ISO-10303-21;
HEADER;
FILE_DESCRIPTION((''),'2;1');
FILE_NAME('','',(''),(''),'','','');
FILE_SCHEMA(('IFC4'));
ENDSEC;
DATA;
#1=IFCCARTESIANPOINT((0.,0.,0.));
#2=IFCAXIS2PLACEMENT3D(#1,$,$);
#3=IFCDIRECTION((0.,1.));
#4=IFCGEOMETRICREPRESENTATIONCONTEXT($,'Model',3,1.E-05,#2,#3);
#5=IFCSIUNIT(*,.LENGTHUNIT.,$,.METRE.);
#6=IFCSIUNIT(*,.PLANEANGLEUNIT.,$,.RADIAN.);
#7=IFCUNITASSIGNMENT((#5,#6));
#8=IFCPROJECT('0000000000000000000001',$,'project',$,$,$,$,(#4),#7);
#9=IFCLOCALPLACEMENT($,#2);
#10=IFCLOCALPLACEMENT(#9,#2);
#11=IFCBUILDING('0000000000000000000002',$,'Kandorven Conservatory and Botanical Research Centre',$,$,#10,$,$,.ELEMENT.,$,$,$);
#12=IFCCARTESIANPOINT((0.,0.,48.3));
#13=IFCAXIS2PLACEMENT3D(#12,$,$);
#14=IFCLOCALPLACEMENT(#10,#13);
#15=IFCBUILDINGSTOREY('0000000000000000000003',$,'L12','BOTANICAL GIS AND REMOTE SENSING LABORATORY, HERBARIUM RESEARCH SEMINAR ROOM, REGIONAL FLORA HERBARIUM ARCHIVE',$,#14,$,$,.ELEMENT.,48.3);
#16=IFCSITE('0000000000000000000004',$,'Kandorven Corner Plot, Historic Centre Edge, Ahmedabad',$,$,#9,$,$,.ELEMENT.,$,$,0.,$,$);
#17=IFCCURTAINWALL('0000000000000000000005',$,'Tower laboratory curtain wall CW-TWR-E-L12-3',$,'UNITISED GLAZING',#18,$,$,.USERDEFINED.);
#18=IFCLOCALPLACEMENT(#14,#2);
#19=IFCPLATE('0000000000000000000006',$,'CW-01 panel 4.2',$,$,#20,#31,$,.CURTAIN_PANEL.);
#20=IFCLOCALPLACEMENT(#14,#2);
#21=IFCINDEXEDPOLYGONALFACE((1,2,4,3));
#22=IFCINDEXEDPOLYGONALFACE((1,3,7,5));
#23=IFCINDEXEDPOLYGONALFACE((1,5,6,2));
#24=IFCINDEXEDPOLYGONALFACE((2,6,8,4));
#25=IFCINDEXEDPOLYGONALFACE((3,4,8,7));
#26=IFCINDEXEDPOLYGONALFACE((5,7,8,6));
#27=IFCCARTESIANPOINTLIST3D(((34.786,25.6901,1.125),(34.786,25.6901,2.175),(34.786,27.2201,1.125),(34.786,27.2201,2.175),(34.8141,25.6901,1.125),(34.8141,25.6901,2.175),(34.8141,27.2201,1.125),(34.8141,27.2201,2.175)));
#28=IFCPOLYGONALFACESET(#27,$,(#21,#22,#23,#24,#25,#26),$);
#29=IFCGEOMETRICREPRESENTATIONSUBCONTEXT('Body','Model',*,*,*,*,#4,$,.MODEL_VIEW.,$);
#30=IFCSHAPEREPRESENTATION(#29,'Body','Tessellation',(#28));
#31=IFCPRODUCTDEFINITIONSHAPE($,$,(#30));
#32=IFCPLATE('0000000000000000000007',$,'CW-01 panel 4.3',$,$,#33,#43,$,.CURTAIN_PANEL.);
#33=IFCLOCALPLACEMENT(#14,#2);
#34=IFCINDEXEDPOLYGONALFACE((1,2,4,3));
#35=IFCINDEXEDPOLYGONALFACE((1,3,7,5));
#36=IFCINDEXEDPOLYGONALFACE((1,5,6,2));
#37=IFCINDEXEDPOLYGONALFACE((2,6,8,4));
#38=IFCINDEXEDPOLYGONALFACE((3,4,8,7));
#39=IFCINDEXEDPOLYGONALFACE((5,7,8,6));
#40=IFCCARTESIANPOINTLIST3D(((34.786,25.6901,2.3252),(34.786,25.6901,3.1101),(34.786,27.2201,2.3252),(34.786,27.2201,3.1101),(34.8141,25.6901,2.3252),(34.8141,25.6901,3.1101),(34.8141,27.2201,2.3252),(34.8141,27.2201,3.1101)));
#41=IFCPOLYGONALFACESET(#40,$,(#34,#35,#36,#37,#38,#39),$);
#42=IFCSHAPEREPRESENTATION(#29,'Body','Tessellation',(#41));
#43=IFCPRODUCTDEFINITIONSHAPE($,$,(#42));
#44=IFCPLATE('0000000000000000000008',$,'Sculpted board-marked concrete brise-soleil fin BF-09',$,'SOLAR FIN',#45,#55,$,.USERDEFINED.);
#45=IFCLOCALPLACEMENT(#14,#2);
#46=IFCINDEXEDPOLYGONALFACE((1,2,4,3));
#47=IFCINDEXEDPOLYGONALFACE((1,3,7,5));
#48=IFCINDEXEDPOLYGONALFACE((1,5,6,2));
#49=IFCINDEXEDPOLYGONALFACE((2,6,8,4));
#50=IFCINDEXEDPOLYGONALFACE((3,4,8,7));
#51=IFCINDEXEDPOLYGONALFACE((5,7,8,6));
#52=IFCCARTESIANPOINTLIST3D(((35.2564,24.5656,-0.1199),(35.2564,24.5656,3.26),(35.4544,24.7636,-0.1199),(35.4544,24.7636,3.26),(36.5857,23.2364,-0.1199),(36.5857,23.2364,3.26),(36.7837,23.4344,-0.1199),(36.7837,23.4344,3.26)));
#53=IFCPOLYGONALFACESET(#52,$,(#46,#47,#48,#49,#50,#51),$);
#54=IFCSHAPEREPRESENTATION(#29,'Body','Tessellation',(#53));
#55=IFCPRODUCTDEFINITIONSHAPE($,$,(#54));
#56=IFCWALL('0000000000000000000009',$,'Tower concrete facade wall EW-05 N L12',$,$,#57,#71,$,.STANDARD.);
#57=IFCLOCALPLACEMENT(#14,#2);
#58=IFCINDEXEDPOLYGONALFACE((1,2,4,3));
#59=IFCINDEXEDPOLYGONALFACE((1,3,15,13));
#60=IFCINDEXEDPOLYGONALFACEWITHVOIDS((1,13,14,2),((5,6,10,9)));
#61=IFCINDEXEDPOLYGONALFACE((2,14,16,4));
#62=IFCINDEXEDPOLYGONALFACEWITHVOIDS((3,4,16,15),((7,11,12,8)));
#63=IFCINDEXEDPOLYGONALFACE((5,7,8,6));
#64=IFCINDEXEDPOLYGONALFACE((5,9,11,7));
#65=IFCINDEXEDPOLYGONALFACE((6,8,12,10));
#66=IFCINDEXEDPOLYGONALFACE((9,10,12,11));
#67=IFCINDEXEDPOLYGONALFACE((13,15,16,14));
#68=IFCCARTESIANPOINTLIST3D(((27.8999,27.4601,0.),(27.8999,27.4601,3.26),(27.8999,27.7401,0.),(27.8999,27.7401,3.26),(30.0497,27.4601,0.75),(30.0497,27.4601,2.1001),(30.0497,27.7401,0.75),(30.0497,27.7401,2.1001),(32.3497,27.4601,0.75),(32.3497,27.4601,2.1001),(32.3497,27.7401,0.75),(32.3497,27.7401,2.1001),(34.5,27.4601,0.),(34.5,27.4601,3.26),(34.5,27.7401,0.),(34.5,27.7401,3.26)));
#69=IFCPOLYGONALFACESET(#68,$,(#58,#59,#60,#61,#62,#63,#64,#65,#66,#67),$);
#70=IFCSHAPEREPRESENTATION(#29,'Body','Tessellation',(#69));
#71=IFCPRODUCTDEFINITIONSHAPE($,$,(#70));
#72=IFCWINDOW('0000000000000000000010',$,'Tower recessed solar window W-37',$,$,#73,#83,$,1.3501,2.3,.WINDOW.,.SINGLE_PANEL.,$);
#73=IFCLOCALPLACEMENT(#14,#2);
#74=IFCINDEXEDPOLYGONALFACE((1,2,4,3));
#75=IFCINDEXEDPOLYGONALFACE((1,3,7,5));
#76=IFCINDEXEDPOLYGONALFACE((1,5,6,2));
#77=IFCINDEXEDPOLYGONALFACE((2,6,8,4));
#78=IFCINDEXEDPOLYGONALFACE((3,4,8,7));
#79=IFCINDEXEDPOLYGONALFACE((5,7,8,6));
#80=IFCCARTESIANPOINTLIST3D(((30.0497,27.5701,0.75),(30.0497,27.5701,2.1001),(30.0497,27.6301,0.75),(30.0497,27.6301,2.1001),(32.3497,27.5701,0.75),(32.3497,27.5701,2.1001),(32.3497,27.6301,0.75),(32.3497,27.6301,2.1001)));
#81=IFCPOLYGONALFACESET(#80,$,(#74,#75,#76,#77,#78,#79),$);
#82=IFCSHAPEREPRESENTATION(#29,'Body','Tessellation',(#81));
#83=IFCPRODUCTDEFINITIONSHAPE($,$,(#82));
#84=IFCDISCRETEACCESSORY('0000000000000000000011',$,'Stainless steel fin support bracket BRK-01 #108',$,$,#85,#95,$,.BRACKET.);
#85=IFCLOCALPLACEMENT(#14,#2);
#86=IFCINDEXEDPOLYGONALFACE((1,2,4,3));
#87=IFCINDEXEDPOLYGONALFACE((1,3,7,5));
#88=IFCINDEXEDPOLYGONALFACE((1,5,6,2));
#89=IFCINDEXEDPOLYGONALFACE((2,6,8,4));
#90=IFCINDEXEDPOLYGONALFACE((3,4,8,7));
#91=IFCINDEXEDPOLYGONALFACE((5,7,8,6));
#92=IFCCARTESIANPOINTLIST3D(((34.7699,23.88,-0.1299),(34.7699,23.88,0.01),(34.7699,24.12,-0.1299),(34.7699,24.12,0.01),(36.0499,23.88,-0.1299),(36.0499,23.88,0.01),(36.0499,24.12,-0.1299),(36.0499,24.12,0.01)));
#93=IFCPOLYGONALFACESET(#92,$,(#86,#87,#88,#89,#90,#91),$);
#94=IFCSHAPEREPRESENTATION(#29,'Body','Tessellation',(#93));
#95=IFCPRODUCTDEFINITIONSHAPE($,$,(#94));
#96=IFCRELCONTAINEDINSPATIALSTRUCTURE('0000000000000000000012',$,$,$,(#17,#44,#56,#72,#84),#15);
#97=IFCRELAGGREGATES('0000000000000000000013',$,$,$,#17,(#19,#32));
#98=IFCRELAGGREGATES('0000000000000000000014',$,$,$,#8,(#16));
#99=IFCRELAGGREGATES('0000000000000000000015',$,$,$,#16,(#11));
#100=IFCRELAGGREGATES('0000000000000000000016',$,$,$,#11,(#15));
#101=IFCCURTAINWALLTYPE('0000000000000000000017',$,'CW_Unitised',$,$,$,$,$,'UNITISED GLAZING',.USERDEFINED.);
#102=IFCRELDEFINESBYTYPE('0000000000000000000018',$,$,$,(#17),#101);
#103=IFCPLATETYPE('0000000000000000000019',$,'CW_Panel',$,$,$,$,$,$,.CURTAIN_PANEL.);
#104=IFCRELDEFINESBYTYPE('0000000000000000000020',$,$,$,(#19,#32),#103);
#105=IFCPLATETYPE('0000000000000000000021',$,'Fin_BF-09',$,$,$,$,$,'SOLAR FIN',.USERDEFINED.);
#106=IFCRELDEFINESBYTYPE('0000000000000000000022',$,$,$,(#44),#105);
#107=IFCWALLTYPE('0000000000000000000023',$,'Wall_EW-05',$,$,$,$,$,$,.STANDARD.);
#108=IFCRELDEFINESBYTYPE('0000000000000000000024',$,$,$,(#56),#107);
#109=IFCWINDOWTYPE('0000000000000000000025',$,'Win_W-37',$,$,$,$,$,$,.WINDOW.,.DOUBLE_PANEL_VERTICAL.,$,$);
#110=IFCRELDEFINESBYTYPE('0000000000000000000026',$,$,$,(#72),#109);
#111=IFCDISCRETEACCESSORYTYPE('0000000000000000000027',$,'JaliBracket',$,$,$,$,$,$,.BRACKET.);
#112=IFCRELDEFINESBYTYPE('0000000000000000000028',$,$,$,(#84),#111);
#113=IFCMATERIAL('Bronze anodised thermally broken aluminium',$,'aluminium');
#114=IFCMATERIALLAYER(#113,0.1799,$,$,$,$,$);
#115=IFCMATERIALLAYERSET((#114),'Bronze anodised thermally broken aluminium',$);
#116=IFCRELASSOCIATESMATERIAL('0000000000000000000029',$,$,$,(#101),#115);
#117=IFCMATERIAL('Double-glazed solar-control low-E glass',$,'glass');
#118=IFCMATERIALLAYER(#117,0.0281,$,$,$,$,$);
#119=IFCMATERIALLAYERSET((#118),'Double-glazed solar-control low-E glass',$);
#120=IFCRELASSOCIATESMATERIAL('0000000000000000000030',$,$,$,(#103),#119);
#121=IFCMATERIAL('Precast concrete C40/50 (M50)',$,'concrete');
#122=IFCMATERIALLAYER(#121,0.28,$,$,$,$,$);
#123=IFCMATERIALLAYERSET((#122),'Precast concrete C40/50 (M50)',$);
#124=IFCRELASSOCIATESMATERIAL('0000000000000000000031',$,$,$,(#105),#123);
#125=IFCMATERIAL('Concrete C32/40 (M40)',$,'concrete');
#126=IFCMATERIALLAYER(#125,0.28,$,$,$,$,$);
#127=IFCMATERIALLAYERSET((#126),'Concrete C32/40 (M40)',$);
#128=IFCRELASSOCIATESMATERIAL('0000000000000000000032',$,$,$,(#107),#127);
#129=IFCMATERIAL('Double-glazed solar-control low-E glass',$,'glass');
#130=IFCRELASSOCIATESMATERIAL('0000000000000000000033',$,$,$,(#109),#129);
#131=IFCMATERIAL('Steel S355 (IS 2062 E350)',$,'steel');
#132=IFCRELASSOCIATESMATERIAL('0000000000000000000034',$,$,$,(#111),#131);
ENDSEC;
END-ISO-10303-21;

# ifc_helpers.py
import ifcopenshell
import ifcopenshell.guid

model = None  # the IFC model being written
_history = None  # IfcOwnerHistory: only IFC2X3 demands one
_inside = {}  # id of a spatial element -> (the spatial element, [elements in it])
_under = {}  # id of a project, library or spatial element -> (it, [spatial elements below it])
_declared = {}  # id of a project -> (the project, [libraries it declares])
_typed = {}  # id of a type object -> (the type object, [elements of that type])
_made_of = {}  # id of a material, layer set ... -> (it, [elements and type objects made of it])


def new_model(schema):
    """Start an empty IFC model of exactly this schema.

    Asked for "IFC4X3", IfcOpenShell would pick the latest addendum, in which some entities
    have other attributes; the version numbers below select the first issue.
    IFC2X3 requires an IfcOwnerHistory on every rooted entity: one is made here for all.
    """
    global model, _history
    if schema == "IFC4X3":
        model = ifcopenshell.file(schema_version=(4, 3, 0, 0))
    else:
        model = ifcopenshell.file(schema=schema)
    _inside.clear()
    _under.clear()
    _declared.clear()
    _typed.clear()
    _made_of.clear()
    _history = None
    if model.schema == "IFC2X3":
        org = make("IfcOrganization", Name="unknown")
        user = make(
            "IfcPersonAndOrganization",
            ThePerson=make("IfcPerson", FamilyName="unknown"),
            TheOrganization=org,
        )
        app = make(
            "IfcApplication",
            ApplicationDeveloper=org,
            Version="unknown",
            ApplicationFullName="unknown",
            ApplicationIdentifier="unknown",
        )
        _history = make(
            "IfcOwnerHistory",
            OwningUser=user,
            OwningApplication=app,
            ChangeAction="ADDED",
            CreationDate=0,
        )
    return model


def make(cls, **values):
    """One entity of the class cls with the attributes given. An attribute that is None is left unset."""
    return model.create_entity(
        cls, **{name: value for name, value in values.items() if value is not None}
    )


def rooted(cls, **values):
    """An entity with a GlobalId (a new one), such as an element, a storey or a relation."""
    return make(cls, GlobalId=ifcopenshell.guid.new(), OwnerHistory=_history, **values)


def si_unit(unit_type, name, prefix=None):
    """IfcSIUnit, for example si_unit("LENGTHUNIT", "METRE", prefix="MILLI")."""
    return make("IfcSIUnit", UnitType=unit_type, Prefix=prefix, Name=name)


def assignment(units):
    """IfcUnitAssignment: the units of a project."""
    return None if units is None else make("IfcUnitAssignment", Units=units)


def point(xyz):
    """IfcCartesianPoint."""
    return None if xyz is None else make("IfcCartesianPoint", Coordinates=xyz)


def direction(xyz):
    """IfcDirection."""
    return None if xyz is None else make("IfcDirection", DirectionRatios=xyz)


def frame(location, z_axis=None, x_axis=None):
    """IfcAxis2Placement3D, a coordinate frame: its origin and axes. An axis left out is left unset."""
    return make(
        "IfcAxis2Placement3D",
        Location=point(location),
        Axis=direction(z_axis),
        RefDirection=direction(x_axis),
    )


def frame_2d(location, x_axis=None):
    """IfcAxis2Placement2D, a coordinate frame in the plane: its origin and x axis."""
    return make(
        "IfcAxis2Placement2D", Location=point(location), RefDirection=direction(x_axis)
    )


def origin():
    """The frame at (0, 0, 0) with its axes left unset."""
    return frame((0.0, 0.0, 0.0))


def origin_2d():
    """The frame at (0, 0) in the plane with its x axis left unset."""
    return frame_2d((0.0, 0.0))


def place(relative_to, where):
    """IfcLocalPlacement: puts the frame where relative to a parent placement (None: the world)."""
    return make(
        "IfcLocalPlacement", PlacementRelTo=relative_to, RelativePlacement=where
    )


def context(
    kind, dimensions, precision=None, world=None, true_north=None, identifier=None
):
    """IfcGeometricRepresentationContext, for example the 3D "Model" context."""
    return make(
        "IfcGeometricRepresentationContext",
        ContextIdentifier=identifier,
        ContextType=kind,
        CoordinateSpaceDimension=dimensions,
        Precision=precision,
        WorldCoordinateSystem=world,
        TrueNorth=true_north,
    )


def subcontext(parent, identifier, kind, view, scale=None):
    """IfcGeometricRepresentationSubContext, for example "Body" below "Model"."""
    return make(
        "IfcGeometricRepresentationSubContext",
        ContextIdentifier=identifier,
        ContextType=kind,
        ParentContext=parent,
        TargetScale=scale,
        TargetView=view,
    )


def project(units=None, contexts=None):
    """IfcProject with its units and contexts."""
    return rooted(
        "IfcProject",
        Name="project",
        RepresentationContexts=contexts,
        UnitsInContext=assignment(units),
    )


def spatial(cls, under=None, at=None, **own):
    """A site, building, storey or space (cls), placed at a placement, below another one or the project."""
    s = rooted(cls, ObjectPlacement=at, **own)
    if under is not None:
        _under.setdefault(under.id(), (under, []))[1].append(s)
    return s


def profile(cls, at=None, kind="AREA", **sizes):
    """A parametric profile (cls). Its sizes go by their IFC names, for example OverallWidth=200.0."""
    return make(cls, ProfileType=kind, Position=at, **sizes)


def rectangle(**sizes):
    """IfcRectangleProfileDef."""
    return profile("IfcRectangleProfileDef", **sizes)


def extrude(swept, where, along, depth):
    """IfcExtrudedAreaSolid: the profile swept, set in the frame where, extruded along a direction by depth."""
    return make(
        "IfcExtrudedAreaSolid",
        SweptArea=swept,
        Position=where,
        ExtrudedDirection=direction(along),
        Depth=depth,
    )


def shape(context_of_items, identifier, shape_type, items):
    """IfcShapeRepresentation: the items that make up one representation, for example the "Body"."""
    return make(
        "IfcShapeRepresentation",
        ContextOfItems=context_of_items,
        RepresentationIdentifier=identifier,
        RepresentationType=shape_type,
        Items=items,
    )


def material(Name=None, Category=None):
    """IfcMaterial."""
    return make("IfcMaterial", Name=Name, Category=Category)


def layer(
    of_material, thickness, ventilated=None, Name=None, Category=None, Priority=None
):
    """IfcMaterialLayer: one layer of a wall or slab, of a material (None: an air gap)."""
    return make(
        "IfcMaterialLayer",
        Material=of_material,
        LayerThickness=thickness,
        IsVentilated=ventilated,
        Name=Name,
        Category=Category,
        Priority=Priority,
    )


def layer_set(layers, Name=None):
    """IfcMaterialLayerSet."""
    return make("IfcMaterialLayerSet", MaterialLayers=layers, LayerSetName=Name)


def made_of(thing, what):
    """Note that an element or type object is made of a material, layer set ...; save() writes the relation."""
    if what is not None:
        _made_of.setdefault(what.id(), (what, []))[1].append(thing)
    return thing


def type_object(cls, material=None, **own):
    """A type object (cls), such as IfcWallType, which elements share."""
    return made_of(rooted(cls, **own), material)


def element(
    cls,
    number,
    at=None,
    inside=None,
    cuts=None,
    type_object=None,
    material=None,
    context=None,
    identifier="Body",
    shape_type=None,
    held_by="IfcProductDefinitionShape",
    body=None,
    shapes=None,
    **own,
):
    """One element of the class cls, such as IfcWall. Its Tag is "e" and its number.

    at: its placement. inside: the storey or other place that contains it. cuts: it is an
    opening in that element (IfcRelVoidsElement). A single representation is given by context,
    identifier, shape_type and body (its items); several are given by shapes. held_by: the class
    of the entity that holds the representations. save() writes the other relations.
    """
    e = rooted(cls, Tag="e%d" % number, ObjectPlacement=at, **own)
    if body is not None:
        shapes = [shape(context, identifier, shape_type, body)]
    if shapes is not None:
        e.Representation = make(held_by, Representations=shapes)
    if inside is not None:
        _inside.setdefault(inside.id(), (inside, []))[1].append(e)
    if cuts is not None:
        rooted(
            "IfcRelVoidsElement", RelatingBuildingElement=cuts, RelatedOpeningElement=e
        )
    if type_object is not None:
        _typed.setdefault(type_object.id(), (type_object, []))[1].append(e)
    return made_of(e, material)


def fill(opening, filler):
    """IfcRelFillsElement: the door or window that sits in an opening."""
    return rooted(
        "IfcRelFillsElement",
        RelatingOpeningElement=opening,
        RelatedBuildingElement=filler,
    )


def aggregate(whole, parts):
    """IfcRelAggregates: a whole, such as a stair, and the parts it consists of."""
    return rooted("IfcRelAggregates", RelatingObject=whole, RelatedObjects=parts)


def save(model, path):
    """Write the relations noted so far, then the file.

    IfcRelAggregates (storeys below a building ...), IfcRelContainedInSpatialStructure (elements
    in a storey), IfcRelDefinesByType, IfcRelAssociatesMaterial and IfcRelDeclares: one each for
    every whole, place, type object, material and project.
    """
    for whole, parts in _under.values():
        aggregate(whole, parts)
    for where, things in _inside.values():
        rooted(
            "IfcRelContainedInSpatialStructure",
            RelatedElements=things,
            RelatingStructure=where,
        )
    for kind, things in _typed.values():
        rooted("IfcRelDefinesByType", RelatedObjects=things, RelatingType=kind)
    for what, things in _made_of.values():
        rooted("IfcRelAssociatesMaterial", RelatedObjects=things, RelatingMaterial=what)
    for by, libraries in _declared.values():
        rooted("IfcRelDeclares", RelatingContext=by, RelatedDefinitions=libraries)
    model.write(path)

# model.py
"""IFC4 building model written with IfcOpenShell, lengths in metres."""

from ifc_helpers import new_model, si_unit, direction, frame, frame_2d, origin, origin_2d, place, context, subcontext, project, spatial, rectangle, extrude, material, layer, layer_set, type_object, element, fill, aggregate, save


model = new_model("IFC4")

# Units and contexts
model_context = context("Model", 3, precision=1e-05, world=origin(), true_north=direction((0.0, 1.0)))
body_context = subcontext(model_context, "Body", "Model", "MODEL_VIEW")
ifc_project = project(units=[si_unit("LENGTHUNIT", "METRE"), si_unit("PLANEANGLEUNIT", "RADIAN")], contexts=[model_context])

# Site, building, storey
site_placement = place(None, origin())
site = spatial("IfcSite", under=ifc_project, at=site_placement, Name="Kandorven Corner Plot, Historic Centre Edge, Ahmedabad", CompositionType="ELEMENT", RefElevation=0.0)
building_placement = place(site_placement, origin())
building = spatial("IfcBuilding", under=site, at=building_placement, Name="Kandorven Conservatory and Botanical Research Centre", CompositionType="ELEMENT")
storey_placement = place(building_placement, frame((0.0, 0.0, 48.3)))
storey = spatial("IfcBuildingStorey", under=building, at=storey_placement, Name="L12", Description="BOTANICAL GIS AND REMOTE SENSING LABORATORY, HERBARIUM RESEARCH SEMINAR ROOM, REGIONAL FLORA HERBARIUM ARCHIVE", CompositionType="ELEMENT", Elevation=48.3)

# Curtain wall, plates
ifc_material_1 = material(Name="Bronze anodised thermally broken aluminium", Category="aluminium")
ifc_layer_1 = layer(ifc_material_1, 0.1799)
ifc_layer_set_1 = layer_set([ifc_layer_1], Name="Bronze anodised thermally broken aluminium")
curtain_wall_type = type_object("IfcCurtainWallType", Name="CW_Unitised", ElementType="UNITISED GLAZING", PredefinedType="USERDEFINED", material=ifc_layer_set_1)
curtain_wall_placement = place(storey_placement, origin())
curtain_wall = element("IfcCurtainWall", 1, at=curtain_wall_placement, inside=storey, type_object=curtain_wall_type, Name="Tower laboratory curtain wall CW-TWR-E-L12-3", ObjectType="UNITISED GLAZING", PredefinedType="USERDEFINED")
ifc_material_2 = material(Name="Double-glazed solar-control low-E glass", Category="glass")
ifc_layer_2 = layer(ifc_material_2, 0.0281)
ifc_layer_set_2 = layer_set([ifc_layer_2], Name="Double-glazed solar-control low-E glass")
plate_type_1 = type_object("IfcPlateType", Name="CW_Panel", PredefinedType="CURTAIN_PANEL", material=ifc_layer_set_2)
plate_1_placement = place(storey_placement, frame((34.8, 26.4551, 1.125), z_axis=(0.0, 0.0, 1.0), x_axis=(0.0, 1.0, 0.0)))
plate_1 = element("IfcPlate", 2, at=plate_1_placement, type_object=plate_type_1, Name="CW-01 panel 4.2", PredefinedType="CURTAIN_PANEL", context=body_context, shape_type="SweptSolid", body=[
    extrude(rectangle(XDim=1.53, YDim=0.0281, at=origin_2d()), origin(), (0.0, 0.0, 1.0), 1.05),
])
plate_2_placement = place(storey_placement, frame((34.8, 26.4551, 2.3252), z_axis=(0.0, 0.0, 1.0), x_axis=(0.0, 1.0, 0.0)))
plate_2 = element("IfcPlate", 3, at=plate_2_placement, type_object=plate_type_1, Name="CW-01 panel 4.3", PredefinedType="CURTAIN_PANEL", context=body_context, shape_type="SweptSolid", body=[
    extrude(rectangle(XDim=1.53, YDim=0.0281, at=origin_2d()), origin(), (0.0, 0.0, 1.0), 0.7849),
])
aggregate(curtain_wall, [plate_1, plate_2])

# Plate
ifc_material_3 = material(Name="Precast concrete C40/50 (M50)", Category="concrete")
ifc_layer_3 = layer(ifc_material_3, 0.28)
ifc_layer_set_3 = layer_set([ifc_layer_3], Name="Precast concrete C40/50 (M50)")
plate_type_2 = type_object("IfcPlateType", Name="Fin_BF-09", ElementType="SOLAR FIN", PredefinedType="USERDEFINED", material=ifc_layer_set_3)
plate_3_placement = place(storey_placement, frame((36.02, 24.0, -0.1199), z_axis=(0.0, 0.0, 1.0), x_axis=(-0.707107, 0.707107, 0.0)))
element("IfcPlate", 4, at=plate_3_placement, inside=storey, type_object=plate_type_2, Name="Sculpted board-marked concrete brise-soleil fin BF-09", ObjectType="SOLAR FIN", PredefinedType="USERDEFINED", context=body_context, shape_type="SweptSolid", body=[
    extrude(rectangle(XDim=1.8799, YDim=0.28, at=origin_2d()), origin(), (0.0, 0.0, 1.0), 3.3799),
])

# Wall, opening, window
ifc_material_4 = material(Name="Concrete C32/40 (M40)", Category="concrete")
ifc_layer_4 = layer(ifc_material_4, 0.28)
ifc_layer_set_4 = layer_set([ifc_layer_4], Name="Concrete C32/40 (M40)")
wall_type = type_object("IfcWallType", Name="Wall_EW-05", PredefinedType="STANDARD", material=ifc_layer_set_4)
wall_placement = place(storey_placement, frame((27.8999, 27.6001, 0.0), z_axis=(0.0, 0.0, 1.0), x_axis=(1.0, 0.0, 0.0)))
wall = element("IfcWall", 5, at=wall_placement, inside=storey, type_object=wall_type, Name="Tower concrete facade wall EW-05 N L12", PredefinedType="STANDARD", context=body_context, shape_type="SweptSolid", body=[
    extrude(rectangle(XDim=6.6001, YDim=0.28, at=frame_2d((3.3, 0.0))), origin(), (0.0, 0.0, 1.0), 3.26),
])
opening_placement = place(wall_placement, frame((2.1499, 0.0, 0.75)))
opening = element("IfcOpeningElement", 6, at=opening_placement, cuts=wall, PredefinedType="OPENING", context=body_context, shape_type="SweptSolid", body=[
    extrude(rectangle(XDim=2.3, YDim=1.3501, at=frame_2d((1.1499, 0.675))), frame((0.0, 0.1499, 0.0), z_axis=(0.0, -1.0, 0.0), x_axis=(1.0, 0.0, 0.0)), (0.0, 0.0, 1.0), 0.3),
])
ifc_material_5 = material(Name="Double-glazed solar-control low-E glass", Category="glass")
window_type = type_object("IfcWindowType", Name="Win_W-37", PartitioningType="DOUBLE_PANEL_VERTICAL", PredefinedType="WINDOW", material=ifc_material_5)
window_placement = place(opening_placement, origin())
window = element("IfcWindow", 7, at=window_placement, inside=storey, type_object=window_type, Name="Tower recessed solar window W-37", OverallHeight=1.3501, OverallWidth=2.3, PartitioningType="SINGLE_PANEL", PredefinedType="WINDOW", context=body_context, shape_type="SweptSolid", body=[
    extrude(rectangle(XDim=2.3, YDim=1.3501, at=frame_2d((1.1499, 0.675))), frame((0.0, 0.03, 0.0), z_axis=(0.0, -1.0, 0.0), x_axis=(1.0, 0.0, 0.0)), (0.0, 0.0, 1.0), 0.0601),
])
fill(opening, window)

# Discrete accessory
ifc_material_6 = material(Name="Steel S355 (IS 2062 E350)", Category="steel")
discrete_accessory_type = type_object("IfcDiscreteAccessoryType", Name="JaliBracket", PredefinedType="BRACKET", material=ifc_material_6)
discrete_accessory_placement = place(storey_placement, frame((35.4099, 24.0, -0.1299), z_axis=(0.0, 0.0, 1.0), x_axis=(1.0, 0.0, 0.0)))
element("IfcDiscreteAccessory", 8, at=discrete_accessory_placement, inside=storey, type_object=discrete_accessory_type, Name="Stainless steel fin support bracket BRK-01 #108", PredefinedType="BRACKET", context=body_context, shape_type="SweptSolid", body=[
    extrude(rectangle(XDim=1.28, YDim=0.24, at=origin_2d()), origin(), (0.0, 0.0, 1.0), 0.1399),
])

save(model, "model.ifc")
